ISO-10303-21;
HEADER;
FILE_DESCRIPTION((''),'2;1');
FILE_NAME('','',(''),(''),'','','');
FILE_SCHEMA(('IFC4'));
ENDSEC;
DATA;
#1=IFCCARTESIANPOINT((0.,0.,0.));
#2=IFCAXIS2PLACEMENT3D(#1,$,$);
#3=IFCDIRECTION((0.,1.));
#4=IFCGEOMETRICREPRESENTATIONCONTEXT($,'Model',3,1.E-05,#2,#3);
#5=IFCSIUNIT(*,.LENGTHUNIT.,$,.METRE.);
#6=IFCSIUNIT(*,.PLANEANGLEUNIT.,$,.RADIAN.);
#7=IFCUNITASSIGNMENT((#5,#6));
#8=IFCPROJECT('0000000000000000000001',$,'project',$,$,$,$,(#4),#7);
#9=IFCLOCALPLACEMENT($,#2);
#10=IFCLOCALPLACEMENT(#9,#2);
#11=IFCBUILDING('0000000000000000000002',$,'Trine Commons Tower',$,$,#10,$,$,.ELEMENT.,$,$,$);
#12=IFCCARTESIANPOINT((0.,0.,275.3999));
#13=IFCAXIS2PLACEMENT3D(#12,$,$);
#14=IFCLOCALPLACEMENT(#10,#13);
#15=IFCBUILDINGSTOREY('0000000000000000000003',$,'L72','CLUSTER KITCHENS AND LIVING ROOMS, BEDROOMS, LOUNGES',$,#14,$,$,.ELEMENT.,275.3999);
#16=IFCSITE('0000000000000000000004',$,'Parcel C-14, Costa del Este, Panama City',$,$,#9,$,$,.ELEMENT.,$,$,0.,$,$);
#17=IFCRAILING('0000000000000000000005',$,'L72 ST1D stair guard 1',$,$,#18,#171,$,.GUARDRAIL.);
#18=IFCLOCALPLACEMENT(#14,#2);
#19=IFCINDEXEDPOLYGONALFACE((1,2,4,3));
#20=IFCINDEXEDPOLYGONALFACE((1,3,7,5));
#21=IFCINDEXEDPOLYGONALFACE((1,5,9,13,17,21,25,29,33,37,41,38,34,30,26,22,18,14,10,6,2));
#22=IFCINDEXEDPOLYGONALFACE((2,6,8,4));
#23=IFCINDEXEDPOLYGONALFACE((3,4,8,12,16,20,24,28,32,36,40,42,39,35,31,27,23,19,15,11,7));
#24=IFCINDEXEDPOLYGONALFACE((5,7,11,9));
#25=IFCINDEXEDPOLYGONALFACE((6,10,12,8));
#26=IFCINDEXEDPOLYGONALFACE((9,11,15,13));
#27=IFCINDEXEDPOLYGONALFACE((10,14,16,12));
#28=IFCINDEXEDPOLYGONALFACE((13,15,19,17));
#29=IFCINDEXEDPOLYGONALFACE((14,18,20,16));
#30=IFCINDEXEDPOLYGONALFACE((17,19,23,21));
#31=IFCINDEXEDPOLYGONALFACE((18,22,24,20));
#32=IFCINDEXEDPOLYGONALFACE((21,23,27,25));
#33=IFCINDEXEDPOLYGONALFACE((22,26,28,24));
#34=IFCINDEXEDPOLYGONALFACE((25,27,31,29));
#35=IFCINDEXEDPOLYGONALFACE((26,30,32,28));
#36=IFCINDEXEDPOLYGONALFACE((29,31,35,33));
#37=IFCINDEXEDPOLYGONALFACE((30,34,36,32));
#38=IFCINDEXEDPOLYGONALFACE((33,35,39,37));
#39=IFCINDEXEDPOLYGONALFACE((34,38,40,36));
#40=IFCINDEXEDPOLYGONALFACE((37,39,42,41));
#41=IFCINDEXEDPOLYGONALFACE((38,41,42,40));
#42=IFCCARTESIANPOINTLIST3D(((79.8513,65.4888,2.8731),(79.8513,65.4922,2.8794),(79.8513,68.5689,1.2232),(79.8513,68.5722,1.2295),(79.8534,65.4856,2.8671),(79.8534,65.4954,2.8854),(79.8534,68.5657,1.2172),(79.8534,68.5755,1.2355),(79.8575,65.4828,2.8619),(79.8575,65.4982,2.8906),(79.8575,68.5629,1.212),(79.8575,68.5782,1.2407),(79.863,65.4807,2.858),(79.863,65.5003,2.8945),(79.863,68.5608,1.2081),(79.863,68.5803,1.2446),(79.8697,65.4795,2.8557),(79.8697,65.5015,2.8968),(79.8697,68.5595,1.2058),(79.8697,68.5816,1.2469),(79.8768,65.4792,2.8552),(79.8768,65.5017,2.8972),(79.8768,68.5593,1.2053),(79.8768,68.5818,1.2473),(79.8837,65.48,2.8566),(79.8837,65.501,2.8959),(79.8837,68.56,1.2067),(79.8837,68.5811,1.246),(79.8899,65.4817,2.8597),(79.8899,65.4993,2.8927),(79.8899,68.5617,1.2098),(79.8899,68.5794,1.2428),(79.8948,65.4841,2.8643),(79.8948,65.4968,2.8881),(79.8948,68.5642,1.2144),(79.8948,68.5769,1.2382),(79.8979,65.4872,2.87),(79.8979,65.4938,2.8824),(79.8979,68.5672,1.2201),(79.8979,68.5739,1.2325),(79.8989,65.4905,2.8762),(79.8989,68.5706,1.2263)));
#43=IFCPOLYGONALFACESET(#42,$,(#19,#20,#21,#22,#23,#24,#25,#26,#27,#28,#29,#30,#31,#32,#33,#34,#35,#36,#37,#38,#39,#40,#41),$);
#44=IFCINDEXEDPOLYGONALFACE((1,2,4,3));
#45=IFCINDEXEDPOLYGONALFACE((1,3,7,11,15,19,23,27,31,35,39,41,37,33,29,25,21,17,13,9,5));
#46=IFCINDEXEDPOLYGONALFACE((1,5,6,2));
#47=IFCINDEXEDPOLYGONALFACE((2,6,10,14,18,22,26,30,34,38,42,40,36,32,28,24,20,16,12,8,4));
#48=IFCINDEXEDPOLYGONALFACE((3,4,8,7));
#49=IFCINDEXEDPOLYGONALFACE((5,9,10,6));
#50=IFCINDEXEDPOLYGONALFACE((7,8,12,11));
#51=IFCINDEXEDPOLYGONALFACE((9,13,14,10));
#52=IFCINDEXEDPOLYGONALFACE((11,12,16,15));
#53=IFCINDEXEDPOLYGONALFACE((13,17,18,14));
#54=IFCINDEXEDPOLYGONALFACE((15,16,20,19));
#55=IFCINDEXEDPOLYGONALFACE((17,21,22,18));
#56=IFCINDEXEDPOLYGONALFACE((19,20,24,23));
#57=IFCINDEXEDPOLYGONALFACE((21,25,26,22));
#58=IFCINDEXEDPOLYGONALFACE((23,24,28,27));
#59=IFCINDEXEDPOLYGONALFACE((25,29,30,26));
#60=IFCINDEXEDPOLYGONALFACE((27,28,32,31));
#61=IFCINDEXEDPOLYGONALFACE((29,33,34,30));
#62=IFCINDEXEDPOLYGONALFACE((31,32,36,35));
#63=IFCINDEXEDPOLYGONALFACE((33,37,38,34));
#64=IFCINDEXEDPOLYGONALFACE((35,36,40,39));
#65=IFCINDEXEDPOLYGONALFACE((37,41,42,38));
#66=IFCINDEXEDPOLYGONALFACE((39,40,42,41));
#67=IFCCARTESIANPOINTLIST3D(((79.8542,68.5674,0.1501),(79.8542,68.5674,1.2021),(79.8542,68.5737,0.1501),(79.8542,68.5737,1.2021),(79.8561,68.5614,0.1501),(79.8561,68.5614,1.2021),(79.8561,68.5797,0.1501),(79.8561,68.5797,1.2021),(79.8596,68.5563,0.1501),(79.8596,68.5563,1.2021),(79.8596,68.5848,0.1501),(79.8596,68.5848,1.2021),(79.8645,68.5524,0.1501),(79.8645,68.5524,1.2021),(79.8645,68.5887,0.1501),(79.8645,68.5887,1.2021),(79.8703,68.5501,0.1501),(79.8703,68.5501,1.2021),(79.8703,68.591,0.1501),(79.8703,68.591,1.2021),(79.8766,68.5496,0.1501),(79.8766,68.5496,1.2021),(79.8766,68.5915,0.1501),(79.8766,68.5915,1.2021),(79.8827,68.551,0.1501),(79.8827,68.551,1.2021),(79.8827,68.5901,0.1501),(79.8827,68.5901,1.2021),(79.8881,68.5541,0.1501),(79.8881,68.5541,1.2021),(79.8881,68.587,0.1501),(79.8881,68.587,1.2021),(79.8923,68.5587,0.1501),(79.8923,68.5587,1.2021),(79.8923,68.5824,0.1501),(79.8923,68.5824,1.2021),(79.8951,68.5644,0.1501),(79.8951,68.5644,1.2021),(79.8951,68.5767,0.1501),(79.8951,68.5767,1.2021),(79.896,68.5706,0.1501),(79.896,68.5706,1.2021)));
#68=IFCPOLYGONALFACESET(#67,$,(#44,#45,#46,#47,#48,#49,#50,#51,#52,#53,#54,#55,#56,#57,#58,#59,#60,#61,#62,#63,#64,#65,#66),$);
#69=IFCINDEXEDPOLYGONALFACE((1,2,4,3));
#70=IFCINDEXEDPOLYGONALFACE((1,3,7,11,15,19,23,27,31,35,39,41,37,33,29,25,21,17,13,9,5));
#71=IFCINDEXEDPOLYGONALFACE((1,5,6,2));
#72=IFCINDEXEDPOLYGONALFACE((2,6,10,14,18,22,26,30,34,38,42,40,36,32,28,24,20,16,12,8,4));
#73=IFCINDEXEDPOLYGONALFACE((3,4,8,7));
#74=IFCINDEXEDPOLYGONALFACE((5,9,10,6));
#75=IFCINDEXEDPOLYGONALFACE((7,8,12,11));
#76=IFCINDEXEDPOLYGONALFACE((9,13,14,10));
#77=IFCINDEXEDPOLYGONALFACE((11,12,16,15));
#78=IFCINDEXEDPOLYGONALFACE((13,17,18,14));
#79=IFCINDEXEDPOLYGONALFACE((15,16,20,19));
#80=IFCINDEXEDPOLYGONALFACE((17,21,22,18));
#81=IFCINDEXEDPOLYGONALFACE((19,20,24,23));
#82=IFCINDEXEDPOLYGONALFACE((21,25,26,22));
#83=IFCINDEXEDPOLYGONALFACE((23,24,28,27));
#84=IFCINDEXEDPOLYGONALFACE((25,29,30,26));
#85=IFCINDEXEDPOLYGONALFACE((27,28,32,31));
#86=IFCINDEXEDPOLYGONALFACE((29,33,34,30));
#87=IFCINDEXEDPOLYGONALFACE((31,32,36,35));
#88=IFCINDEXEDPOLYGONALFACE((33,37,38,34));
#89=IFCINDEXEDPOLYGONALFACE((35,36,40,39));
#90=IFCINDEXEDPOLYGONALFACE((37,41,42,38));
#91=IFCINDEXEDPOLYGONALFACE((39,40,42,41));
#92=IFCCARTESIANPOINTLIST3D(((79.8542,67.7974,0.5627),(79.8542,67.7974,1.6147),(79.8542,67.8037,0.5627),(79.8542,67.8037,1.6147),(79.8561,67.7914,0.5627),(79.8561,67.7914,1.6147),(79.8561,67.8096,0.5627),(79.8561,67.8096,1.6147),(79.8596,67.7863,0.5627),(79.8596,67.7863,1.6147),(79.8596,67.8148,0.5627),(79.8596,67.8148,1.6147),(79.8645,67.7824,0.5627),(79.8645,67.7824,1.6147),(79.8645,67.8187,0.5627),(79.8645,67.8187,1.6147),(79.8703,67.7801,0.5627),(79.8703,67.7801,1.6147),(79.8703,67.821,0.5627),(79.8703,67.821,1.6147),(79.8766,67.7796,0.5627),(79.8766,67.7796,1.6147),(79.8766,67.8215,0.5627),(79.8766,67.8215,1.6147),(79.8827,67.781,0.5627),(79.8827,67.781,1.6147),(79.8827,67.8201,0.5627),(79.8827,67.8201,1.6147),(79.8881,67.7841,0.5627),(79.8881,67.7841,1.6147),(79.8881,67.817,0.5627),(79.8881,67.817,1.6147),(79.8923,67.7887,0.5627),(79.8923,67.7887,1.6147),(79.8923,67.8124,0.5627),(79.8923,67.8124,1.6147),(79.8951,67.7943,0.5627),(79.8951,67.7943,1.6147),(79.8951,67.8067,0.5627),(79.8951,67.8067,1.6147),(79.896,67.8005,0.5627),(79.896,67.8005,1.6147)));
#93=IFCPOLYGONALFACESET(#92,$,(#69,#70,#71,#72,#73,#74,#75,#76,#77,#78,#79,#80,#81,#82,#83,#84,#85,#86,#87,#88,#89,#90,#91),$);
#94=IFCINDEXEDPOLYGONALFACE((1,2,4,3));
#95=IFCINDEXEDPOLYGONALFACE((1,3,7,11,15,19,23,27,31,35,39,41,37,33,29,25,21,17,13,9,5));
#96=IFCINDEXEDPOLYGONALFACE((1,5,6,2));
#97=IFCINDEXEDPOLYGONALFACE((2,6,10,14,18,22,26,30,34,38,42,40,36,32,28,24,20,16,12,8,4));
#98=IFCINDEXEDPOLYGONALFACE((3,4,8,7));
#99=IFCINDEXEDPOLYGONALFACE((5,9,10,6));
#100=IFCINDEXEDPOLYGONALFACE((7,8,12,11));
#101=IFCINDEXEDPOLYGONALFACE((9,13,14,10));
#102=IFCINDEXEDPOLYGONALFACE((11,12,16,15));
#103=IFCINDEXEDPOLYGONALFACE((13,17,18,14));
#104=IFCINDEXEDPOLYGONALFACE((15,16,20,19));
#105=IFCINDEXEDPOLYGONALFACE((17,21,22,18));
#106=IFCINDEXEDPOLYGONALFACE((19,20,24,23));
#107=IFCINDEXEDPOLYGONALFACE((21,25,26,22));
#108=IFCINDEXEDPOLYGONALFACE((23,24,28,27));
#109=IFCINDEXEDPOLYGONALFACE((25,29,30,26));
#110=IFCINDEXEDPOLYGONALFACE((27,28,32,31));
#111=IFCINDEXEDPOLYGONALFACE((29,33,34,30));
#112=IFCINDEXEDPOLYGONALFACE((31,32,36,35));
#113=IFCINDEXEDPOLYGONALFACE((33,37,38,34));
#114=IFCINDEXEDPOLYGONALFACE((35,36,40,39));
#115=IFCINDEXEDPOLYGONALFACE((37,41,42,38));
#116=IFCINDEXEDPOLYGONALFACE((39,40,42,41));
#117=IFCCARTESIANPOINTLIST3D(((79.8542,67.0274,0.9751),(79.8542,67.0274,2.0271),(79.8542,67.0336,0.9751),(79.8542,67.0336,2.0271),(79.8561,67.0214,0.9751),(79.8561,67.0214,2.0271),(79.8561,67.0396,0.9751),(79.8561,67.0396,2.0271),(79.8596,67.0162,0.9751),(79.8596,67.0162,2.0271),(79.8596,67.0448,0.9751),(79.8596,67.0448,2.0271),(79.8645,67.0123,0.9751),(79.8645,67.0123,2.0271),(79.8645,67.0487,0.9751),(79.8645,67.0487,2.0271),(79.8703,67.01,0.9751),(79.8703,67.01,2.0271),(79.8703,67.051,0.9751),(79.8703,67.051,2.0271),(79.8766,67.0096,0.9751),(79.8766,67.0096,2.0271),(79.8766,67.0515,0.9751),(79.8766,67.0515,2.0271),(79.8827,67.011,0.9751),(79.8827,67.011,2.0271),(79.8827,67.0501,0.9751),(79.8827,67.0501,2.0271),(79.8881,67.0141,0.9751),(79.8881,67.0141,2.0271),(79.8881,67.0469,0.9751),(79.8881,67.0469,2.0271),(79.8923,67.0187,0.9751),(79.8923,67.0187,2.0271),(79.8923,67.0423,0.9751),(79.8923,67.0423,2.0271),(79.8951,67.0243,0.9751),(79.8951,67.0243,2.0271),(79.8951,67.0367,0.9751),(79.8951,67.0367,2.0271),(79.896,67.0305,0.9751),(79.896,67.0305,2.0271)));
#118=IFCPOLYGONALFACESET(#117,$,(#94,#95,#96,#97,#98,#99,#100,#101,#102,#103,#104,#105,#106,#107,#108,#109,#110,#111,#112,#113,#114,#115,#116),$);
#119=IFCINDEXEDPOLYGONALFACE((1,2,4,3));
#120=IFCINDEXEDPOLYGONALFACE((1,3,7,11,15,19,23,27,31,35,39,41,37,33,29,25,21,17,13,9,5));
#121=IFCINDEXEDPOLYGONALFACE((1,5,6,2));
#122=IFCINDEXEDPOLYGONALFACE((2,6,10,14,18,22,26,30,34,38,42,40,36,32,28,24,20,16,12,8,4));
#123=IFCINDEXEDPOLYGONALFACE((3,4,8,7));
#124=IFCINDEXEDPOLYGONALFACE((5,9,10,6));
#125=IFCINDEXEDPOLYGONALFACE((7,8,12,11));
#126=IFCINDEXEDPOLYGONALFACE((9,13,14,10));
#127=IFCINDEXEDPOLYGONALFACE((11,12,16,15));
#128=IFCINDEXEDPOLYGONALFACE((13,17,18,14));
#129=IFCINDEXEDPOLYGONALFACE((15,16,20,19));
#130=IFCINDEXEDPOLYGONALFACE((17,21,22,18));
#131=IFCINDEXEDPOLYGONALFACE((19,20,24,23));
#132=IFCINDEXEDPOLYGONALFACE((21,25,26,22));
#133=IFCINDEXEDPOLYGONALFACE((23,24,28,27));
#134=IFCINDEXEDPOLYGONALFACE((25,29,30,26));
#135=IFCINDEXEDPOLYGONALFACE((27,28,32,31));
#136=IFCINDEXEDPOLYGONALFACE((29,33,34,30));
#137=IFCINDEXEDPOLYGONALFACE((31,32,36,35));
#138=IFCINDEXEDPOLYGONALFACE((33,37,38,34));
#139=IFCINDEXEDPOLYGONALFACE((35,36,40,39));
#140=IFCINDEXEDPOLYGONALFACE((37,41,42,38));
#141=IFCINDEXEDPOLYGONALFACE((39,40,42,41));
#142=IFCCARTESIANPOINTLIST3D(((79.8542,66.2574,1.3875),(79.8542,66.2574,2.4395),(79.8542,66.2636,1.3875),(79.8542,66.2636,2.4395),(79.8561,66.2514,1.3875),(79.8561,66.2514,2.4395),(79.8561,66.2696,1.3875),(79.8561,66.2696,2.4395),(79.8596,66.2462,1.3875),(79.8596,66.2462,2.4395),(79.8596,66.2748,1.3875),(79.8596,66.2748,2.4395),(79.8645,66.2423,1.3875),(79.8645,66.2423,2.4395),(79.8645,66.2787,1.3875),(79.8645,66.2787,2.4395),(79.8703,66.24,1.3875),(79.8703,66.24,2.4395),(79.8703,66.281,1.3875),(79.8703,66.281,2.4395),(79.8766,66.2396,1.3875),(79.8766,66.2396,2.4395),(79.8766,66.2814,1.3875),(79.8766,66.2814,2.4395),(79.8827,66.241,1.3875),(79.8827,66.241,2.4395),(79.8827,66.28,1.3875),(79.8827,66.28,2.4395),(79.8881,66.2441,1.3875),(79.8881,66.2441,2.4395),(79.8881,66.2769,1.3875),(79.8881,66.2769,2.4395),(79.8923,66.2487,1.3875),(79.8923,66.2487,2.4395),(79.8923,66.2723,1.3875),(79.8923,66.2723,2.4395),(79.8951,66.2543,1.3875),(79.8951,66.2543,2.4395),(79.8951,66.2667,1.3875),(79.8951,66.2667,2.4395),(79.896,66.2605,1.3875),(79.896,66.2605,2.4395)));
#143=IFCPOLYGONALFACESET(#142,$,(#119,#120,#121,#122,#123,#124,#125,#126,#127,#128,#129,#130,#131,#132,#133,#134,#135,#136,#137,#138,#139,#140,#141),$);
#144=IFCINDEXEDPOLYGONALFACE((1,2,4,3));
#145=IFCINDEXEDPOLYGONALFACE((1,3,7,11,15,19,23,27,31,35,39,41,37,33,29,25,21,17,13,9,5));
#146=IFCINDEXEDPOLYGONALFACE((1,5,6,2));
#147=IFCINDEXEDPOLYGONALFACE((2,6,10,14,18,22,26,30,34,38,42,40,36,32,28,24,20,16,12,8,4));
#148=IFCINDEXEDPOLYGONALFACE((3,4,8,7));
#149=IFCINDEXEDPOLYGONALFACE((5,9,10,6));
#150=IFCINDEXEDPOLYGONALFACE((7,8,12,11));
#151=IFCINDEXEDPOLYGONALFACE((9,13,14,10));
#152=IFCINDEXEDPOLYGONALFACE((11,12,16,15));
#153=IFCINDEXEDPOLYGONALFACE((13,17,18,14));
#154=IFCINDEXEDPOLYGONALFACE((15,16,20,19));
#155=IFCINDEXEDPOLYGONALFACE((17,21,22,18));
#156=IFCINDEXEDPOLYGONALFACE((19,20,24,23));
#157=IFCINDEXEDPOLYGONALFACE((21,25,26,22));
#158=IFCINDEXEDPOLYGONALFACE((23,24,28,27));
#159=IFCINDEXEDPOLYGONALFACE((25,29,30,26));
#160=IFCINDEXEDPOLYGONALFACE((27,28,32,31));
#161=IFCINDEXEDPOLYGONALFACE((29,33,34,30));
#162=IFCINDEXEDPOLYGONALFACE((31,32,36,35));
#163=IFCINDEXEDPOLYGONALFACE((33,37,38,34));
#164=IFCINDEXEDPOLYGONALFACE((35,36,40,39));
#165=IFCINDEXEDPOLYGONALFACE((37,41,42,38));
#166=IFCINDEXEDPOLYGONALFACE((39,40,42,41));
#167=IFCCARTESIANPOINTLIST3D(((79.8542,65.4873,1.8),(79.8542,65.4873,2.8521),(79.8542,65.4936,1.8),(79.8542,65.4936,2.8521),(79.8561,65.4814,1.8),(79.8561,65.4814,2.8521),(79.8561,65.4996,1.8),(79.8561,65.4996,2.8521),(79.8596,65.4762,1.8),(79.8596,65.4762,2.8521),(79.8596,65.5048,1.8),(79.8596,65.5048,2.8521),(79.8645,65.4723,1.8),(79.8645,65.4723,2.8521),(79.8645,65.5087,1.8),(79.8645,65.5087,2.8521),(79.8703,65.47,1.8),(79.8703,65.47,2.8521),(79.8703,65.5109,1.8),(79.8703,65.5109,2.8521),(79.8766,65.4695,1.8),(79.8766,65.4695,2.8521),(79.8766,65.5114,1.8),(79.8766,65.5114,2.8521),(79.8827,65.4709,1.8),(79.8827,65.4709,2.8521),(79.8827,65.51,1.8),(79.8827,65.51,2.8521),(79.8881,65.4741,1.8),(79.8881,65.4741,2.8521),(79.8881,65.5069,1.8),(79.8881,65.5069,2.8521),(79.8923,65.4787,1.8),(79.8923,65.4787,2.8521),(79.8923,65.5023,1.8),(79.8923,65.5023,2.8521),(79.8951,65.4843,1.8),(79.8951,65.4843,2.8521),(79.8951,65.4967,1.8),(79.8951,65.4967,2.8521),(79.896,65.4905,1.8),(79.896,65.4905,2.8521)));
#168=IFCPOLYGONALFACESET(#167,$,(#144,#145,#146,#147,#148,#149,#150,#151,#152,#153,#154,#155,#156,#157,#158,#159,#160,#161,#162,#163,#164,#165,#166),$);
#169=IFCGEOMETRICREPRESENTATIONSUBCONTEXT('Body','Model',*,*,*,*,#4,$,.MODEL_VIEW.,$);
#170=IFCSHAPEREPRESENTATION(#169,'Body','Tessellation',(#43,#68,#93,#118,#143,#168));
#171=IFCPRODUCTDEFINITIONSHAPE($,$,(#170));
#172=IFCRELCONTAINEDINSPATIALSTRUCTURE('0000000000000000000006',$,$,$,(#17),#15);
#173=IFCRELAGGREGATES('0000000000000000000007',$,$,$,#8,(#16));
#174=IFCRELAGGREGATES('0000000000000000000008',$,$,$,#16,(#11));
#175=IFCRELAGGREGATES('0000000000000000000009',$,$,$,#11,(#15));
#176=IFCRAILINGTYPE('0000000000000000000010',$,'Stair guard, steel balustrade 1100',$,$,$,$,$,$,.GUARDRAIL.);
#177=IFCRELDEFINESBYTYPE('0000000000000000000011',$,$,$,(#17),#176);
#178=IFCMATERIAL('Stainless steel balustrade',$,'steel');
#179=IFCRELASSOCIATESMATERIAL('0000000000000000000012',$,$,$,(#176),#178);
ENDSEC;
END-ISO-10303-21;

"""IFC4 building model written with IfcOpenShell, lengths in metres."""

from ifc_helpers import new_model, si_unit, direction, frame, origin, origin_2d, place, context, subcontext, project, spatial, circle, extrude, material, type_object, element, save


model = new_model("IFC4")

# Units and contexts
model_context = context("Model", 3, precision=1e-05, world=origin(), true_north=direction((0.0, 1.0)))
body_context = subcontext(model_context, "Body", "Model", "MODEL_VIEW")
ifc_project = project(units=[si_unit("LENGTHUNIT", "METRE"), si_unit("PLANEANGLEUNIT", "RADIAN")], contexts=[model_context])

# Site, building, storey
site_placement = place(None, origin())
site = spatial("IfcSite", under=ifc_project, at=site_placement, Name="Parcel C-14, Costa del Este, Panama City", CompositionType="ELEMENT", RefElevation=0.0)
building_placement = place(site_placement, origin())
building = spatial("IfcBuilding", under=site, at=building_placement, Name="Trine Commons Tower", CompositionType="ELEMENT")
storey_placement = place(building_placement, frame((0.0, 0.0, 275.3999)))
storey = spatial("IfcBuildingStorey", under=building, at=storey_placement, Name="L72", Description="CLUSTER KITCHENS AND LIVING ROOMS, BEDROOMS, LOUNGES", CompositionType="ELEMENT", Elevation=275.3999)

# Railing
ifc_material_1 = material(Name="Stainless steel balustrade", Category="steel")
railing_type = type_object("IfcRailingType", Name="Stair guard, steel balustrade 1100", PredefinedType="GUARDRAIL", material=ifc_material_1)
railing_1_placement = place(storey_placement, frame((79.875, 68.5706, 0.1501)))
element("IfcRailing", 1, at=railing_1_placement, inside=storey, type_object=railing_type, Name="L72 ST1D stair guard 1", PredefinedType="GUARDRAIL", context=body_context, shape_type="SweptSolid", body=[
    extrude(circle(Radius=0.0239, at=origin_2d()), frame((0.0, 0.0, 1.0762), z_axis=(0.0, -0.881497, 0.47219), x_axis=(1.0, 0.0, 0.0)), (0.0, 0.0, 1.0), 3.4941),
    extrude(circle(Radius=0.021, at=origin_2d()), origin(), (0.0, 0.0, 1.0), 1.052),
    extrude(circle(Radius=0.021, at=origin_2d()), frame((0.0, -0.77, 0.4126)), (0.0, 0.0, 1.0), 1.052),
    extrude(circle(Radius=0.021, at=origin_2d()), frame((0.0, -1.54, 0.825)), (0.0, 0.0, 1.0), 1.052),
    extrude(circle(Radius=0.021, at=origin_2d()), frame((0.0, -2.3101, 1.2373)), (0.0, 0.0, 1.0), 1.052),
    extrude(circle(Radius=0.021, at=origin_2d()), frame((0.0, -3.0801, 1.6499)), (0.0, 0.0, 1.0), 1.052),
])

save(model, "model.ifc")
